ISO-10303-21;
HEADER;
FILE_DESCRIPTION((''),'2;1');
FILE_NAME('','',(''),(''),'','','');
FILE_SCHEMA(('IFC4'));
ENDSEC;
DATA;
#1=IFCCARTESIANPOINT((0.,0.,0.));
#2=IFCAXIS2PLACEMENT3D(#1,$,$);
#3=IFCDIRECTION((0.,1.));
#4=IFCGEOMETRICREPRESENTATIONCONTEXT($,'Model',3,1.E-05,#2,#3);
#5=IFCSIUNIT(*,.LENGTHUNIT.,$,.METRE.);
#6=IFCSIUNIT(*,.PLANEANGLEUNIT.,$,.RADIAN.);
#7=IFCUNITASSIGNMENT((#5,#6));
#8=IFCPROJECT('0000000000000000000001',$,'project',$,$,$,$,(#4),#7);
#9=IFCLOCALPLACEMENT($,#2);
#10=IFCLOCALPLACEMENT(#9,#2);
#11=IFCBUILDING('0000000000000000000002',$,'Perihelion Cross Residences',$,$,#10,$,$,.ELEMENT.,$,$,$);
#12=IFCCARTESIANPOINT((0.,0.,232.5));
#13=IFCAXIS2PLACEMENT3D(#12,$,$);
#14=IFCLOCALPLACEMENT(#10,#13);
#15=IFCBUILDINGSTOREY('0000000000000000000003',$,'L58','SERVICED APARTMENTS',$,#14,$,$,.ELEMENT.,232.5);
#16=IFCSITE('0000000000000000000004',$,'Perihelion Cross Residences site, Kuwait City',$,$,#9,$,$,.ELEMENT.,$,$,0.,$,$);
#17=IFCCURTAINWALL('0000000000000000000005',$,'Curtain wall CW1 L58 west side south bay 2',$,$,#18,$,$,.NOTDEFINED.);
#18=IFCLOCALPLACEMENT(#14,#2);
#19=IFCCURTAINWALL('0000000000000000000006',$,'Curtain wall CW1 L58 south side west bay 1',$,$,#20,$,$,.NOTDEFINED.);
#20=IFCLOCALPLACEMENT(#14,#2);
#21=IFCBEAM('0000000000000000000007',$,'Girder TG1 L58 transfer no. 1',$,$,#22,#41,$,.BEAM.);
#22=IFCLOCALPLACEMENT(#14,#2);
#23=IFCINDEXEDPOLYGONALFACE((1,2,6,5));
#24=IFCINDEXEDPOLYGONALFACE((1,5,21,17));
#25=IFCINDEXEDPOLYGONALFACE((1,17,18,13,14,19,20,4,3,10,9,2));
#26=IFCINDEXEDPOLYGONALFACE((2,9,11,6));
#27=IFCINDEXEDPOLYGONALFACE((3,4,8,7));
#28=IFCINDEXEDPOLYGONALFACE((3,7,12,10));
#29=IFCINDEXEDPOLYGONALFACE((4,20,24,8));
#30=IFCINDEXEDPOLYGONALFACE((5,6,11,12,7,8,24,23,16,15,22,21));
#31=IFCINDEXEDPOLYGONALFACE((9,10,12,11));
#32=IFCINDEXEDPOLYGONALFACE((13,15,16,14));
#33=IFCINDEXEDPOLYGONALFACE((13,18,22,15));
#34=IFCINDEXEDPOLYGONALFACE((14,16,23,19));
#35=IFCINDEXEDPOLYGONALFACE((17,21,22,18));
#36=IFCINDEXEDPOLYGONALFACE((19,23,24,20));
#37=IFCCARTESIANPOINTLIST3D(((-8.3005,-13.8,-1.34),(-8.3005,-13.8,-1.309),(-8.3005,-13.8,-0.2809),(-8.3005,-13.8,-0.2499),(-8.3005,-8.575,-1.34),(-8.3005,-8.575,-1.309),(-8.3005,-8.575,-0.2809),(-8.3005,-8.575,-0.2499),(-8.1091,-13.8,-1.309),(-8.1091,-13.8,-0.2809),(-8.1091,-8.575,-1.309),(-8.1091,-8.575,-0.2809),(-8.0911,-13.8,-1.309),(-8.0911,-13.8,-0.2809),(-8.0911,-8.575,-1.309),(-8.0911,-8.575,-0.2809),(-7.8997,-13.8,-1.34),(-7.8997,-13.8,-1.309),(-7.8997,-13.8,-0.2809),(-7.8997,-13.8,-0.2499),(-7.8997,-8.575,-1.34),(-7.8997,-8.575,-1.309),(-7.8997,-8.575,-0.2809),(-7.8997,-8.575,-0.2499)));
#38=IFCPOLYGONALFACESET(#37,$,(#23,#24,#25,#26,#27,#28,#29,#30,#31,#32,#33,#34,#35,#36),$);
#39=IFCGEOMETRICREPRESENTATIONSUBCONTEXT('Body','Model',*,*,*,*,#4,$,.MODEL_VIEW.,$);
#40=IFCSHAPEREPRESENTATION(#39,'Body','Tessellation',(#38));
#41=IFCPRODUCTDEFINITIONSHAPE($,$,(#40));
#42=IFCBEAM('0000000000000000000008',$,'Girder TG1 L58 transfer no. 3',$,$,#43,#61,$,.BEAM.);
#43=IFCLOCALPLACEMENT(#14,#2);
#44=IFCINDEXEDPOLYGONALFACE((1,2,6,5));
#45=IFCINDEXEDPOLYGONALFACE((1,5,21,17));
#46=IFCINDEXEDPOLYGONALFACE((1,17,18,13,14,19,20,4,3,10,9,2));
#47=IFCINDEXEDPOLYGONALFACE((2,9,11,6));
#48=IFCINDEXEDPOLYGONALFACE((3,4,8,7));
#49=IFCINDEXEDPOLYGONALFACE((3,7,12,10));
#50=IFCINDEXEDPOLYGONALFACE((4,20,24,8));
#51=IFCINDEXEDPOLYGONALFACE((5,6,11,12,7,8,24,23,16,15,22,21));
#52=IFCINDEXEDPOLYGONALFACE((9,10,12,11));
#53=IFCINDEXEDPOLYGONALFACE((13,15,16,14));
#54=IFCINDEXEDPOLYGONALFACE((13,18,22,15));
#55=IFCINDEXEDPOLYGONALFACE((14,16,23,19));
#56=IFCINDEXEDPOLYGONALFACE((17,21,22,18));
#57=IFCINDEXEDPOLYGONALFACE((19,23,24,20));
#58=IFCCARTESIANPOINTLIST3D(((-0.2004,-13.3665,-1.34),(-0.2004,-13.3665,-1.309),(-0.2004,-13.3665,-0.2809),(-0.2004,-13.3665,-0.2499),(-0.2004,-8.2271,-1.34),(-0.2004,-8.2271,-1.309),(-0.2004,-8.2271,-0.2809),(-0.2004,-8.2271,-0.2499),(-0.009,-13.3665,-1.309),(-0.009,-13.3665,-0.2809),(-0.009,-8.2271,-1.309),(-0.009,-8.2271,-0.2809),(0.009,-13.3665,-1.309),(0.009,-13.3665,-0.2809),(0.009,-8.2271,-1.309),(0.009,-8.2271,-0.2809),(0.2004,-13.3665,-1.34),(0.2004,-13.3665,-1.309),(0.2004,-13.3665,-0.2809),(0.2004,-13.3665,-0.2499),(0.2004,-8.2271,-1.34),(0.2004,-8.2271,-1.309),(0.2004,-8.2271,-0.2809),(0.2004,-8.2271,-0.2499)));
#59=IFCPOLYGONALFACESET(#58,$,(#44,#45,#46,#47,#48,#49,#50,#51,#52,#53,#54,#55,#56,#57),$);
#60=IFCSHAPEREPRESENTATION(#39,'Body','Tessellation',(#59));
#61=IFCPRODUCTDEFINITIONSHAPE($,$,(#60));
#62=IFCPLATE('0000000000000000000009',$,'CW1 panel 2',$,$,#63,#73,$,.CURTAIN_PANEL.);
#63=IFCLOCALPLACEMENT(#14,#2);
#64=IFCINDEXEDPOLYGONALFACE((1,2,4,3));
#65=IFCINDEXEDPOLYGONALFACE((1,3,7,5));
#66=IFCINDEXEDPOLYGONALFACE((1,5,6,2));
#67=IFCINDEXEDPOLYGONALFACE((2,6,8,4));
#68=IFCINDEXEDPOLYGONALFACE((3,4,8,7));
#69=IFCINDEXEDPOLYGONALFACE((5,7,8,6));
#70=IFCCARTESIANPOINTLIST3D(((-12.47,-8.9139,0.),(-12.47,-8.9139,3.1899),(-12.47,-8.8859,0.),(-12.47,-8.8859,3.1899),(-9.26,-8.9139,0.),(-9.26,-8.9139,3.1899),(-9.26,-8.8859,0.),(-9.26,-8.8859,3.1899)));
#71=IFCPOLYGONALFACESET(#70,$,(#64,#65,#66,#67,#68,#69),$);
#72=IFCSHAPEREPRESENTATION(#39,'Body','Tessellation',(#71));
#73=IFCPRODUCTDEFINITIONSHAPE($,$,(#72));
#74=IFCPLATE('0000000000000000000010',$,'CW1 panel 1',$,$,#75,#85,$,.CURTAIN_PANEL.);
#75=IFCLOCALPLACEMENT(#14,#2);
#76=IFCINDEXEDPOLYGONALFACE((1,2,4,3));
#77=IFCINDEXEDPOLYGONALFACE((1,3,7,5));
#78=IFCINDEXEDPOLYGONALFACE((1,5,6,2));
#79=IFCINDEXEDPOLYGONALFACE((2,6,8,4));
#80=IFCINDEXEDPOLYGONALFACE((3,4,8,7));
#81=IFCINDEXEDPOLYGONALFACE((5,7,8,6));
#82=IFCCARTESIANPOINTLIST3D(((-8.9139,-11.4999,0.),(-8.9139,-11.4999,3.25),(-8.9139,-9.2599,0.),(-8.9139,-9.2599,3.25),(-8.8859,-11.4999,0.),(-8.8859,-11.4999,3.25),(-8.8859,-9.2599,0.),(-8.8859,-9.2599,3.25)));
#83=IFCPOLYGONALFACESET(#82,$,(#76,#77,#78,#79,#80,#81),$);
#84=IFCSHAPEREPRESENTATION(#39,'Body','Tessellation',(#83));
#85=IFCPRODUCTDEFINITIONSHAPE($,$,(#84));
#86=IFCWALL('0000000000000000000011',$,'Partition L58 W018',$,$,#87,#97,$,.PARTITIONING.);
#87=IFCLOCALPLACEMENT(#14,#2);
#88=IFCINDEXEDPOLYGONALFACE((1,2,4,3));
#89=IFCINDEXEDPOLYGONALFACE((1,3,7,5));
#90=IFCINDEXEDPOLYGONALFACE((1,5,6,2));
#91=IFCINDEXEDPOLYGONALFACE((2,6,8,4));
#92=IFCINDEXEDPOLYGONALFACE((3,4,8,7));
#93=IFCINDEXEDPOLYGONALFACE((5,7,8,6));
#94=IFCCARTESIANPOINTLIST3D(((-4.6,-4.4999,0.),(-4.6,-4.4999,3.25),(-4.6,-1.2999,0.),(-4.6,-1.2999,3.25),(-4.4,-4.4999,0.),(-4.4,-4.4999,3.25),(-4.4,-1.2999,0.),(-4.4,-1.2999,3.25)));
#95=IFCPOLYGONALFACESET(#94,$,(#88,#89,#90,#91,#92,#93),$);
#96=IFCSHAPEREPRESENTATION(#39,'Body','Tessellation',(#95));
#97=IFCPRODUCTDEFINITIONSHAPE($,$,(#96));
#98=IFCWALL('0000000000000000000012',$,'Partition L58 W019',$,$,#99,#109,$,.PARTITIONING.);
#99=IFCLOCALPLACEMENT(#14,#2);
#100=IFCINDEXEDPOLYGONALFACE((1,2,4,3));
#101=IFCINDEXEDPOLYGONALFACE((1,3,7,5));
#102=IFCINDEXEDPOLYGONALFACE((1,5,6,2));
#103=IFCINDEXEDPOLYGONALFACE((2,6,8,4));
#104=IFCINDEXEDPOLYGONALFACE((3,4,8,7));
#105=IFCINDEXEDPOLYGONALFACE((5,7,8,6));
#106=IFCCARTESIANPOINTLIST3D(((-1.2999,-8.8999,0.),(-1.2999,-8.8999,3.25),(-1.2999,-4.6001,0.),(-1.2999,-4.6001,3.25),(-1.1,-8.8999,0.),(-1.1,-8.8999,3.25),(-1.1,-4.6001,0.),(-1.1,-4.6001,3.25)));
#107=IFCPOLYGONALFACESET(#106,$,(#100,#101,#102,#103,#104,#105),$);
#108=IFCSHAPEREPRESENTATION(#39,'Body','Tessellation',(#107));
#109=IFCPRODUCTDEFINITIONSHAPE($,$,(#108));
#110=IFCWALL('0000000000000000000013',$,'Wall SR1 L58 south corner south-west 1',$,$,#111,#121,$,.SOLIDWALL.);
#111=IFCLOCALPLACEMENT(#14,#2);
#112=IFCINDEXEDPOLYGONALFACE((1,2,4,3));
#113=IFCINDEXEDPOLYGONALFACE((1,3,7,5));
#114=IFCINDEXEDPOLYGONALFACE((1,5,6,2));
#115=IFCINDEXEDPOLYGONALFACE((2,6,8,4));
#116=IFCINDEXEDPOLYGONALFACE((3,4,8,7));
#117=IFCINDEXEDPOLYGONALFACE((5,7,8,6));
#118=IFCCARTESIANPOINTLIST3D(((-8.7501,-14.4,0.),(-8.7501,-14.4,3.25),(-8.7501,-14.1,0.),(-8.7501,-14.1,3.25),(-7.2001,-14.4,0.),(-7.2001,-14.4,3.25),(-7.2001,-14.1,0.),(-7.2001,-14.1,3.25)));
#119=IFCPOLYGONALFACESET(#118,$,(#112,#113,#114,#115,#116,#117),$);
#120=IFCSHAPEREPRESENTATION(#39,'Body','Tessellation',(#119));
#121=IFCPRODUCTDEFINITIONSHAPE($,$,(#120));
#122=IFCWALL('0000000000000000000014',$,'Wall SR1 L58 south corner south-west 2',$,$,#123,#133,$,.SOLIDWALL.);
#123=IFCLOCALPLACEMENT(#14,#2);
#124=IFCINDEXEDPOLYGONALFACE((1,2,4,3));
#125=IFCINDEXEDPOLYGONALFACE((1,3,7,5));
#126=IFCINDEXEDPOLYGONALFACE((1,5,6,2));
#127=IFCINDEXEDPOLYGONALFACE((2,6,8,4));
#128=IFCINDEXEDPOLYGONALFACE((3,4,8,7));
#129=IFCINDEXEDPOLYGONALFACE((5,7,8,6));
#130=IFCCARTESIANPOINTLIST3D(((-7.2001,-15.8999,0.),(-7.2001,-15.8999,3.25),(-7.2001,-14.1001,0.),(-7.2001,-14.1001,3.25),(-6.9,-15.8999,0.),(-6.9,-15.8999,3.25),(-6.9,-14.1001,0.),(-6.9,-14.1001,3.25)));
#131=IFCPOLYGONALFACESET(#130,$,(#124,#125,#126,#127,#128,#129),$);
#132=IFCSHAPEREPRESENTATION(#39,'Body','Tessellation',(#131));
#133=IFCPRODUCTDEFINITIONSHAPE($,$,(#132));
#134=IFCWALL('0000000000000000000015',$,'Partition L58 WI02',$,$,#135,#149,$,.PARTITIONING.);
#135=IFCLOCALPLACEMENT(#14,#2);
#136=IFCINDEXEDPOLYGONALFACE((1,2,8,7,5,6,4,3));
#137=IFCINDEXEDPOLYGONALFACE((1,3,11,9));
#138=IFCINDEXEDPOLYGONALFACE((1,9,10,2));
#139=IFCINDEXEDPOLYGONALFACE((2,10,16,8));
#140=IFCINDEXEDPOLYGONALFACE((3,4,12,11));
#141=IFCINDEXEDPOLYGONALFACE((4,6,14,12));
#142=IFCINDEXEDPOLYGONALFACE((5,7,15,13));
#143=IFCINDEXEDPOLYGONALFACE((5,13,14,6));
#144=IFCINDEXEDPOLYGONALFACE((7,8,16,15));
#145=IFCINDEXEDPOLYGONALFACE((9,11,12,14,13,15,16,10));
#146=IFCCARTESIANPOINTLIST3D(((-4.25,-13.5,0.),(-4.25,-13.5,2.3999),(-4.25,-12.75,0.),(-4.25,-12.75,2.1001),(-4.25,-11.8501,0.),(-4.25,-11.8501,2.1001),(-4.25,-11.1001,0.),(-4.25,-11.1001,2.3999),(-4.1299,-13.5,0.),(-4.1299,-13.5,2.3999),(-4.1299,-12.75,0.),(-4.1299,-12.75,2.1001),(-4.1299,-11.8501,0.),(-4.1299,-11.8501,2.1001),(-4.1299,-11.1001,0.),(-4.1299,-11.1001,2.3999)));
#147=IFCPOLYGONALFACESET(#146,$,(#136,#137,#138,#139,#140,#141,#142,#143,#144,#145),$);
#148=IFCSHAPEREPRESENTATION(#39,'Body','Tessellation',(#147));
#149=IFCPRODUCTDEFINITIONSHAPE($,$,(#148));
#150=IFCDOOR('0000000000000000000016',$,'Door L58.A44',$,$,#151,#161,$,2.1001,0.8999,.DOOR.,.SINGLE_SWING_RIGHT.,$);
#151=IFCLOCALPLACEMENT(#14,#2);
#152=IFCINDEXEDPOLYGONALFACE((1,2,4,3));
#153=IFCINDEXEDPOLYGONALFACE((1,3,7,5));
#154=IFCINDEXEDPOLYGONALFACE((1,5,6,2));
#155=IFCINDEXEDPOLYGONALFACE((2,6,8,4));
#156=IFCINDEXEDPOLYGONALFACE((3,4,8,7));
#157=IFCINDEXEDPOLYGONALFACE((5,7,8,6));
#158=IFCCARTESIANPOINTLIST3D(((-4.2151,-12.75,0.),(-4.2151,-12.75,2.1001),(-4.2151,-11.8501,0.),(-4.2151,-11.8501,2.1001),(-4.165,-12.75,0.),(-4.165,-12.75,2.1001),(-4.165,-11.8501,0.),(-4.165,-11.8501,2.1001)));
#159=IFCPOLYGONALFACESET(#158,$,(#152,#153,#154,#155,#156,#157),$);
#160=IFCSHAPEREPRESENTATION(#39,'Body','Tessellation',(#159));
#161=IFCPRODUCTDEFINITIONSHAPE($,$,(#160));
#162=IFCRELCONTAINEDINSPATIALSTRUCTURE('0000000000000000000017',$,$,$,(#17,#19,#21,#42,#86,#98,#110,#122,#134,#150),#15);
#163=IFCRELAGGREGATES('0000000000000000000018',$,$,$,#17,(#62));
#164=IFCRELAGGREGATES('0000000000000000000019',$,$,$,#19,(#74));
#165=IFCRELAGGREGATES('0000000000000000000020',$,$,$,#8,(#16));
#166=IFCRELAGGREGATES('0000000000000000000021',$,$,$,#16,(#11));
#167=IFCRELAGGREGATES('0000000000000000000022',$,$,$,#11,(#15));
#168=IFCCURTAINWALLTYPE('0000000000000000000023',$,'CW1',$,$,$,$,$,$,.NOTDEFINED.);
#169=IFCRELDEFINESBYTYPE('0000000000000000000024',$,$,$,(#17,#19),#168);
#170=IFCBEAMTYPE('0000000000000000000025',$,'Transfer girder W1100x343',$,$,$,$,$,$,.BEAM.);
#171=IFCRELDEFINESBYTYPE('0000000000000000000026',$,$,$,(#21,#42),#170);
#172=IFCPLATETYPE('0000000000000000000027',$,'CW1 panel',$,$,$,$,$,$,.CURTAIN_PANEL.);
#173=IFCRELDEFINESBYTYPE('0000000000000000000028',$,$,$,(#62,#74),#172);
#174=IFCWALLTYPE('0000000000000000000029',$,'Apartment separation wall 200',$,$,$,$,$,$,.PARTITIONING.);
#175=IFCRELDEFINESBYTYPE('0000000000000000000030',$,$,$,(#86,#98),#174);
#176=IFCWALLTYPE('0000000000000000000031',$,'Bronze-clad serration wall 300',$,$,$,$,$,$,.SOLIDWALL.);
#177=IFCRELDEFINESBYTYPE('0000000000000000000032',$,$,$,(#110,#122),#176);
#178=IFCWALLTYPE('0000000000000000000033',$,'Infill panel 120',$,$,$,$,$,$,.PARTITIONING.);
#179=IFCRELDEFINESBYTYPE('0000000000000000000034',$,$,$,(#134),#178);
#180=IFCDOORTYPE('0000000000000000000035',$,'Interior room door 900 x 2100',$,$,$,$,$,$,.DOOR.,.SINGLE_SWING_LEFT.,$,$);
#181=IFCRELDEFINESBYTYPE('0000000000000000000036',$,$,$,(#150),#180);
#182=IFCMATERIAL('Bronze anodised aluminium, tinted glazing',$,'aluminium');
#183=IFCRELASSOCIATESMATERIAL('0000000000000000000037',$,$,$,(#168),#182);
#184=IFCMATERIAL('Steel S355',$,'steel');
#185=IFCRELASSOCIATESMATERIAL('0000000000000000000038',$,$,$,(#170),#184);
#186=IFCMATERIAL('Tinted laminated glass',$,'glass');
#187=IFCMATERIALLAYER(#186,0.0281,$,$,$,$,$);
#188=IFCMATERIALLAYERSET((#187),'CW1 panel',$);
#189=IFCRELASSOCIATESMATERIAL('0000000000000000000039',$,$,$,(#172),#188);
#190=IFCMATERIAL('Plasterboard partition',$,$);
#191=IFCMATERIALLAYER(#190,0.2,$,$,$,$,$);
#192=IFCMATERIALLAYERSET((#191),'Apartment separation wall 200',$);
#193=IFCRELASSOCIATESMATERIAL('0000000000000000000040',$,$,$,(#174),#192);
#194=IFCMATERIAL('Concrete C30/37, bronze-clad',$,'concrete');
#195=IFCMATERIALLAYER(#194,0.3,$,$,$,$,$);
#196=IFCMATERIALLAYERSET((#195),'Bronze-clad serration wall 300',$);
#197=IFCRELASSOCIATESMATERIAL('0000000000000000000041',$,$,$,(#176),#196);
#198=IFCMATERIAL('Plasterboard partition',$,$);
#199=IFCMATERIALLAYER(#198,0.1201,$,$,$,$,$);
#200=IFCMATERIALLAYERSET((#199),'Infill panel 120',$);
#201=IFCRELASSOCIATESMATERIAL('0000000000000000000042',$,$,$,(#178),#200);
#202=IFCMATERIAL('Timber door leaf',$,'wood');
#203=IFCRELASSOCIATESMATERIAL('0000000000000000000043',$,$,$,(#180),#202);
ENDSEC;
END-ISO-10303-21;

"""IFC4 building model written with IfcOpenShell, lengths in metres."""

from ifc_helpers import new_model, si_unit, direction, frame, frame_2d, origin, origin_2d, place, context, subcontext, project, spatial, rectangle, i_section, extrude, material, layer, layer_set, material_profile, profile_set, type_object, element, fill, aggregate, save


model = new_model("IFC4")

# Units and contexts
model_context = context("Model", 3, precision=1e-05, world=origin(), true_north=direction((0.0, 1.0)))
body_context = subcontext(model_context, "Body", "Model", "MODEL_VIEW")
ifc_project = project(units=[si_unit("LENGTHUNIT", "METRE"), si_unit("PLANEANGLEUNIT", "RADIAN")], contexts=[model_context])

# Site, building, storey
site_placement = place(None, origin())
site = spatial("IfcSite", under=ifc_project, at=site_placement, Name="Perihelion Cross Residences site, Kuwait City", CompositionType="ELEMENT", RefElevation=0.0)
building_placement = place(site_placement, origin())
building = spatial("IfcBuilding", under=site, at=building_placement, Name="Perihelion Cross Residences", CompositionType="ELEMENT")
storey_placement = place(building_placement, frame((0.0, 0.0, 232.5)))
storey = spatial("IfcBuildingStorey", under=building, at=storey_placement, Name="L58", Description="SERVICED APARTMENTS", CompositionType="ELEMENT", Elevation=232.5)

# Curtain walls
ifc_material_1 = material(Name="Bronze anodised aluminium, tinted glazing", Category="aluminium")
curtain_wall_type = type_object("IfcCurtainWallType", Name="CW1", PredefinedType="NOTDEFINED", material=ifc_material_1)
curtain_wall_1_placement = place(storey_placement, origin())
curtain_wall_1 = element("IfcCurtainWall", 1, at=curtain_wall_1_placement, inside=storey, type_object=curtain_wall_type, Name="Curtain wall CW1 L58 west side south bay 2", PredefinedType="NOTDEFINED")
curtain_wall_2_placement = place(storey_placement, origin())
curtain_wall_2 = element("IfcCurtainWall", 2, at=curtain_wall_2_placement, inside=storey, type_object=curtain_wall_type, Name="Curtain wall CW1 L58 south side west bay 1", PredefinedType="NOTDEFINED")

# Beams
ifc_material_2 = material(Name="Steel S355", Category="steel")
ifc_material_profile_1 = material_profile(ifc_material_2, i_section(OverallWidth=0.4009, OverallDepth=1.0901, WebThickness=0.0181, FlangeThickness=0.031, at=origin_2d()), Name="W1100x343")
ifc_profile_set_1 = profile_set([ifc_material_profile_1], Name="Steel S355")
beam_type_1 = type_object("IfcBeamType", Name="Transfer girder W1100x343", PredefinedType="BEAM", material=ifc_profile_set_1)
beam_1_placement = place(storey_placement, frame((-8.1001, -13.8, -0.7949), z_axis=(0.0, 1.0, 0.0), x_axis=(-1.0, 0.0, 0.0)))
element("IfcBeam", 3, at=beam_1_placement, inside=storey, type_object=beam_type_1, Name="Girder TG1 L58 transfer no. 1", PredefinedType="BEAM", context=body_context, shape_type="SweptSolid", body=[
    extrude(i_section(OverallWidth=0.4009, OverallDepth=1.0901, WebThickness=0.0181, FlangeThickness=0.031, at=origin_2d()), origin(), (0.0, 0.0, 1.0), 5.2251),
])
beam_2_placement = place(storey_placement, frame((0.0, -13.3665, -0.7949), z_axis=(0.0, 1.0, 0.0), x_axis=(-1.0, 0.0, 0.0)))
element("IfcBeam", 4, at=beam_2_placement, inside=storey, type_object=beam_type_1, Name="Girder TG1 L58 transfer no. 3", PredefinedType="BEAM", context=body_context, shape_type="SweptSolid", body=[
    extrude(i_section(OverallWidth=0.4009, OverallDepth=1.0901, WebThickness=0.0181, FlangeThickness=0.031, at=origin_2d()), origin(), (0.0, 0.0, 1.0), 5.1394),
])

# Plates
ifc_material_3 = material(Name="Tinted laminated glass", Category="glass")
ifc_layer_1 = layer(ifc_material_3, 0.0281)
ifc_layer_set_1 = layer_set([ifc_layer_1], Name="CW1 panel")
plate_type = type_object("IfcPlateType", Name="CW1 panel", PredefinedType="CURTAIN_PANEL", material=ifc_layer_set_1)
plate_1_placement = place(storey_placement, frame((-10.865, -8.8999, 0.0), z_axis=(0.0, 0.0, 1.0), x_axis=(1.0, 0.0, 0.0)))
plate_1 = element("IfcPlate", 5, at=plate_1_placement, type_object=plate_type, Name="CW1 panel 2", PredefinedType="CURTAIN_PANEL", context=body_context, shape_type="SweptSolid", body=[
    extrude(rectangle(XDim=3.21, YDim=0.0281, at=origin_2d()), origin(), (0.0, 0.0, 1.0), 3.1899),
])
aggregate(curtain_wall_1, [plate_1])
plate_2_placement = place(storey_placement, frame((-8.8999, -10.3799, 0.0), z_axis=(0.0, 0.0, 1.0), x_axis=(0.0, -1.0, 0.0)))
plate_2 = element("IfcPlate", 6, at=plate_2_placement, type_object=plate_type, Name="CW1 panel 1", PredefinedType="CURTAIN_PANEL", context=body_context, shape_type="SweptSolid", body=[
    extrude(rectangle(XDim=2.24, YDim=0.0281, at=origin_2d()), origin(), (0.0, 0.0, 1.0), 3.25),
])
aggregate(curtain_wall_2, [plate_2])

# Walls
ifc_material_4 = material(Name="Plasterboard partition")
ifc_layer_2 = layer(ifc_material_4, 0.2)
ifc_layer_set_2 = layer_set([ifc_layer_2], Name="Apartment separation wall 200")
wall_type_1 = type_object("IfcWallType", Name="Apartment separation wall 200", PredefinedType="PARTITIONING", material=ifc_layer_set_2)
wall_1_placement = place(storey_placement, frame((-4.5, -4.5, 0.0), z_axis=(0.0, 0.0, 1.0), x_axis=(0.0, 1.0, 0.0)))
element("IfcWall", 7, at=wall_1_placement, inside=storey, type_object=wall_type_1, Name="Partition L58 W018", PredefinedType="PARTITIONING", context=body_context, shape_type="SweptSolid", body=[
    extrude(rectangle(XDim=3.2, YDim=0.2, at=frame_2d((1.6001, 0.0))), origin(), (0.0, 0.0, 1.0), 3.25),
])
wall_2_placement = place(storey_placement, frame((-1.2, -8.8999, 0.0), z_axis=(0.0, 0.0, 1.0), x_axis=(0.0, 1.0, 0.0)))
element("IfcWall", 8, at=wall_2_placement, inside=storey, type_object=wall_type_1, Name="Partition L58 W019", PredefinedType="PARTITIONING", context=body_context, shape_type="SweptSolid", body=[
    extrude(rectangle(XDim=4.2998, YDim=0.2, at=frame_2d((2.1499, 0.0))), origin(), (0.0, 0.0, 1.0), 3.25),
])

# Walls
ifc_material_5 = material(Name="Concrete C30/37, bronze-clad", Category="concrete")
ifc_layer_3 = layer(ifc_material_5, 0.3)
ifc_layer_set_3 = layer_set([ifc_layer_3], Name="Bronze-clad serration wall 300")
wall_type_2 = type_object("IfcWallType", Name="Bronze-clad serration wall 300", PredefinedType="SOLIDWALL", material=ifc_layer_set_3)
wall_3_placement = place(storey_placement, frame((-8.75, -14.25, 0.0), z_axis=(0.0, 0.0, 1.0), x_axis=(1.0, 0.0, 0.0)))
element("IfcWall", 9, at=wall_3_placement, inside=storey, type_object=wall_type_2, Name="Wall SR1 L58 south corner south-west 1", PredefinedType="SOLIDWALL", context=body_context, shape_type="SweptSolid", body=[
    extrude(rectangle(XDim=1.55, YDim=0.3, at=frame_2d((0.7749, 0.0))), origin(), (0.0, 0.0, 1.0), 3.25),
])
wall_4_placement = place(storey_placement, frame((-7.05, -14.1001, 0.0), z_axis=(0.0, 0.0, 1.0), x_axis=(0.0, -1.0, 0.0)))
element("IfcWall", 10, at=wall_4_placement, inside=storey, type_object=wall_type_2, Name="Wall SR1 L58 south corner south-west 2", PredefinedType="SOLIDWALL", context=body_context, shape_type="SweptSolid", body=[
    extrude(rectangle(XDim=1.7998, YDim=0.3, at=frame_2d((0.8999, 0.0))), origin(), (0.0, 0.0, 1.0), 3.25),
])

# Wall, opening, door
ifc_material_6 = material(Name="Plasterboard partition")
ifc_layer_4 = layer(ifc_material_6, 0.1201)
ifc_layer_set_4 = layer_set([ifc_layer_4], Name="Infill panel 120")
wall_type_3 = type_object("IfcWallType", Name="Infill panel 120", PredefinedType="PARTITIONING", material=ifc_layer_set_4)
wall_5_placement = place(storey_placement, frame((-4.1899, -11.1001, 0.0), z_axis=(0.0, 0.0, 1.0), x_axis=(0.0, -1.0, 0.0)))
wall_5 = element("IfcWall", 11, at=wall_5_placement, inside=storey, type_object=wall_type_3, Name="Partition L58 WI02", PredefinedType="PARTITIONING", context=body_context, shape_type="SweptSolid", body=[
    extrude(rectangle(XDim=2.3999, YDim=0.1201, at=frame_2d((1.2, 0.0))), origin(), (0.0, 0.0, 1.0), 2.3999),
])
opening_1_placement = place(wall_5_placement, frame((0.75, 0.0, 0.0)))
opening_1 = element("IfcOpeningElement", 12, at=opening_1_placement, cuts=wall_5, PredefinedType="OPENING", context=body_context, shape_type="SweptSolid", body=[
    extrude(rectangle(XDim=0.8999, YDim=2.1001, at=frame_2d((0.45, 1.05))), frame((0.0, 0.0701, 0.0), z_axis=(0.0, -1.0, 0.0), x_axis=(1.0, 0.0, 0.0)), (0.0, 0.0, 1.0), 0.1401),
])
ifc_material_7 = material(Name="Timber door leaf", Category="wood")
door_type_1 = type_object("IfcDoorType", Name="Interior room door 900 x 2100", OperationType="SINGLE_SWING_LEFT", PredefinedType="DOOR", material=ifc_material_7)
door_1_placement = place(opening_1_placement, origin())
door_1 = element("IfcDoor", 13, at=door_1_placement, inside=storey, type_object=door_type_1, Name="Door L58.A44", OperationType="SINGLE_SWING_RIGHT", OverallHeight=2.1001, OverallWidth=0.8999, PredefinedType="DOOR", context=body_context, shape_type="SweptSolid", body=[
    extrude(rectangle(XDim=0.8999, YDim=2.1001, at=frame_2d((0.45, 1.05))), frame((0.0, 0.0249, 0.0), z_axis=(0.0, -1.0, 0.0), x_axis=(1.0, 0.0, 0.0)), (0.0, 0.0, 1.0), 0.05),
])
fill(opening_1, door_1)

save(model, "model.ifc")
